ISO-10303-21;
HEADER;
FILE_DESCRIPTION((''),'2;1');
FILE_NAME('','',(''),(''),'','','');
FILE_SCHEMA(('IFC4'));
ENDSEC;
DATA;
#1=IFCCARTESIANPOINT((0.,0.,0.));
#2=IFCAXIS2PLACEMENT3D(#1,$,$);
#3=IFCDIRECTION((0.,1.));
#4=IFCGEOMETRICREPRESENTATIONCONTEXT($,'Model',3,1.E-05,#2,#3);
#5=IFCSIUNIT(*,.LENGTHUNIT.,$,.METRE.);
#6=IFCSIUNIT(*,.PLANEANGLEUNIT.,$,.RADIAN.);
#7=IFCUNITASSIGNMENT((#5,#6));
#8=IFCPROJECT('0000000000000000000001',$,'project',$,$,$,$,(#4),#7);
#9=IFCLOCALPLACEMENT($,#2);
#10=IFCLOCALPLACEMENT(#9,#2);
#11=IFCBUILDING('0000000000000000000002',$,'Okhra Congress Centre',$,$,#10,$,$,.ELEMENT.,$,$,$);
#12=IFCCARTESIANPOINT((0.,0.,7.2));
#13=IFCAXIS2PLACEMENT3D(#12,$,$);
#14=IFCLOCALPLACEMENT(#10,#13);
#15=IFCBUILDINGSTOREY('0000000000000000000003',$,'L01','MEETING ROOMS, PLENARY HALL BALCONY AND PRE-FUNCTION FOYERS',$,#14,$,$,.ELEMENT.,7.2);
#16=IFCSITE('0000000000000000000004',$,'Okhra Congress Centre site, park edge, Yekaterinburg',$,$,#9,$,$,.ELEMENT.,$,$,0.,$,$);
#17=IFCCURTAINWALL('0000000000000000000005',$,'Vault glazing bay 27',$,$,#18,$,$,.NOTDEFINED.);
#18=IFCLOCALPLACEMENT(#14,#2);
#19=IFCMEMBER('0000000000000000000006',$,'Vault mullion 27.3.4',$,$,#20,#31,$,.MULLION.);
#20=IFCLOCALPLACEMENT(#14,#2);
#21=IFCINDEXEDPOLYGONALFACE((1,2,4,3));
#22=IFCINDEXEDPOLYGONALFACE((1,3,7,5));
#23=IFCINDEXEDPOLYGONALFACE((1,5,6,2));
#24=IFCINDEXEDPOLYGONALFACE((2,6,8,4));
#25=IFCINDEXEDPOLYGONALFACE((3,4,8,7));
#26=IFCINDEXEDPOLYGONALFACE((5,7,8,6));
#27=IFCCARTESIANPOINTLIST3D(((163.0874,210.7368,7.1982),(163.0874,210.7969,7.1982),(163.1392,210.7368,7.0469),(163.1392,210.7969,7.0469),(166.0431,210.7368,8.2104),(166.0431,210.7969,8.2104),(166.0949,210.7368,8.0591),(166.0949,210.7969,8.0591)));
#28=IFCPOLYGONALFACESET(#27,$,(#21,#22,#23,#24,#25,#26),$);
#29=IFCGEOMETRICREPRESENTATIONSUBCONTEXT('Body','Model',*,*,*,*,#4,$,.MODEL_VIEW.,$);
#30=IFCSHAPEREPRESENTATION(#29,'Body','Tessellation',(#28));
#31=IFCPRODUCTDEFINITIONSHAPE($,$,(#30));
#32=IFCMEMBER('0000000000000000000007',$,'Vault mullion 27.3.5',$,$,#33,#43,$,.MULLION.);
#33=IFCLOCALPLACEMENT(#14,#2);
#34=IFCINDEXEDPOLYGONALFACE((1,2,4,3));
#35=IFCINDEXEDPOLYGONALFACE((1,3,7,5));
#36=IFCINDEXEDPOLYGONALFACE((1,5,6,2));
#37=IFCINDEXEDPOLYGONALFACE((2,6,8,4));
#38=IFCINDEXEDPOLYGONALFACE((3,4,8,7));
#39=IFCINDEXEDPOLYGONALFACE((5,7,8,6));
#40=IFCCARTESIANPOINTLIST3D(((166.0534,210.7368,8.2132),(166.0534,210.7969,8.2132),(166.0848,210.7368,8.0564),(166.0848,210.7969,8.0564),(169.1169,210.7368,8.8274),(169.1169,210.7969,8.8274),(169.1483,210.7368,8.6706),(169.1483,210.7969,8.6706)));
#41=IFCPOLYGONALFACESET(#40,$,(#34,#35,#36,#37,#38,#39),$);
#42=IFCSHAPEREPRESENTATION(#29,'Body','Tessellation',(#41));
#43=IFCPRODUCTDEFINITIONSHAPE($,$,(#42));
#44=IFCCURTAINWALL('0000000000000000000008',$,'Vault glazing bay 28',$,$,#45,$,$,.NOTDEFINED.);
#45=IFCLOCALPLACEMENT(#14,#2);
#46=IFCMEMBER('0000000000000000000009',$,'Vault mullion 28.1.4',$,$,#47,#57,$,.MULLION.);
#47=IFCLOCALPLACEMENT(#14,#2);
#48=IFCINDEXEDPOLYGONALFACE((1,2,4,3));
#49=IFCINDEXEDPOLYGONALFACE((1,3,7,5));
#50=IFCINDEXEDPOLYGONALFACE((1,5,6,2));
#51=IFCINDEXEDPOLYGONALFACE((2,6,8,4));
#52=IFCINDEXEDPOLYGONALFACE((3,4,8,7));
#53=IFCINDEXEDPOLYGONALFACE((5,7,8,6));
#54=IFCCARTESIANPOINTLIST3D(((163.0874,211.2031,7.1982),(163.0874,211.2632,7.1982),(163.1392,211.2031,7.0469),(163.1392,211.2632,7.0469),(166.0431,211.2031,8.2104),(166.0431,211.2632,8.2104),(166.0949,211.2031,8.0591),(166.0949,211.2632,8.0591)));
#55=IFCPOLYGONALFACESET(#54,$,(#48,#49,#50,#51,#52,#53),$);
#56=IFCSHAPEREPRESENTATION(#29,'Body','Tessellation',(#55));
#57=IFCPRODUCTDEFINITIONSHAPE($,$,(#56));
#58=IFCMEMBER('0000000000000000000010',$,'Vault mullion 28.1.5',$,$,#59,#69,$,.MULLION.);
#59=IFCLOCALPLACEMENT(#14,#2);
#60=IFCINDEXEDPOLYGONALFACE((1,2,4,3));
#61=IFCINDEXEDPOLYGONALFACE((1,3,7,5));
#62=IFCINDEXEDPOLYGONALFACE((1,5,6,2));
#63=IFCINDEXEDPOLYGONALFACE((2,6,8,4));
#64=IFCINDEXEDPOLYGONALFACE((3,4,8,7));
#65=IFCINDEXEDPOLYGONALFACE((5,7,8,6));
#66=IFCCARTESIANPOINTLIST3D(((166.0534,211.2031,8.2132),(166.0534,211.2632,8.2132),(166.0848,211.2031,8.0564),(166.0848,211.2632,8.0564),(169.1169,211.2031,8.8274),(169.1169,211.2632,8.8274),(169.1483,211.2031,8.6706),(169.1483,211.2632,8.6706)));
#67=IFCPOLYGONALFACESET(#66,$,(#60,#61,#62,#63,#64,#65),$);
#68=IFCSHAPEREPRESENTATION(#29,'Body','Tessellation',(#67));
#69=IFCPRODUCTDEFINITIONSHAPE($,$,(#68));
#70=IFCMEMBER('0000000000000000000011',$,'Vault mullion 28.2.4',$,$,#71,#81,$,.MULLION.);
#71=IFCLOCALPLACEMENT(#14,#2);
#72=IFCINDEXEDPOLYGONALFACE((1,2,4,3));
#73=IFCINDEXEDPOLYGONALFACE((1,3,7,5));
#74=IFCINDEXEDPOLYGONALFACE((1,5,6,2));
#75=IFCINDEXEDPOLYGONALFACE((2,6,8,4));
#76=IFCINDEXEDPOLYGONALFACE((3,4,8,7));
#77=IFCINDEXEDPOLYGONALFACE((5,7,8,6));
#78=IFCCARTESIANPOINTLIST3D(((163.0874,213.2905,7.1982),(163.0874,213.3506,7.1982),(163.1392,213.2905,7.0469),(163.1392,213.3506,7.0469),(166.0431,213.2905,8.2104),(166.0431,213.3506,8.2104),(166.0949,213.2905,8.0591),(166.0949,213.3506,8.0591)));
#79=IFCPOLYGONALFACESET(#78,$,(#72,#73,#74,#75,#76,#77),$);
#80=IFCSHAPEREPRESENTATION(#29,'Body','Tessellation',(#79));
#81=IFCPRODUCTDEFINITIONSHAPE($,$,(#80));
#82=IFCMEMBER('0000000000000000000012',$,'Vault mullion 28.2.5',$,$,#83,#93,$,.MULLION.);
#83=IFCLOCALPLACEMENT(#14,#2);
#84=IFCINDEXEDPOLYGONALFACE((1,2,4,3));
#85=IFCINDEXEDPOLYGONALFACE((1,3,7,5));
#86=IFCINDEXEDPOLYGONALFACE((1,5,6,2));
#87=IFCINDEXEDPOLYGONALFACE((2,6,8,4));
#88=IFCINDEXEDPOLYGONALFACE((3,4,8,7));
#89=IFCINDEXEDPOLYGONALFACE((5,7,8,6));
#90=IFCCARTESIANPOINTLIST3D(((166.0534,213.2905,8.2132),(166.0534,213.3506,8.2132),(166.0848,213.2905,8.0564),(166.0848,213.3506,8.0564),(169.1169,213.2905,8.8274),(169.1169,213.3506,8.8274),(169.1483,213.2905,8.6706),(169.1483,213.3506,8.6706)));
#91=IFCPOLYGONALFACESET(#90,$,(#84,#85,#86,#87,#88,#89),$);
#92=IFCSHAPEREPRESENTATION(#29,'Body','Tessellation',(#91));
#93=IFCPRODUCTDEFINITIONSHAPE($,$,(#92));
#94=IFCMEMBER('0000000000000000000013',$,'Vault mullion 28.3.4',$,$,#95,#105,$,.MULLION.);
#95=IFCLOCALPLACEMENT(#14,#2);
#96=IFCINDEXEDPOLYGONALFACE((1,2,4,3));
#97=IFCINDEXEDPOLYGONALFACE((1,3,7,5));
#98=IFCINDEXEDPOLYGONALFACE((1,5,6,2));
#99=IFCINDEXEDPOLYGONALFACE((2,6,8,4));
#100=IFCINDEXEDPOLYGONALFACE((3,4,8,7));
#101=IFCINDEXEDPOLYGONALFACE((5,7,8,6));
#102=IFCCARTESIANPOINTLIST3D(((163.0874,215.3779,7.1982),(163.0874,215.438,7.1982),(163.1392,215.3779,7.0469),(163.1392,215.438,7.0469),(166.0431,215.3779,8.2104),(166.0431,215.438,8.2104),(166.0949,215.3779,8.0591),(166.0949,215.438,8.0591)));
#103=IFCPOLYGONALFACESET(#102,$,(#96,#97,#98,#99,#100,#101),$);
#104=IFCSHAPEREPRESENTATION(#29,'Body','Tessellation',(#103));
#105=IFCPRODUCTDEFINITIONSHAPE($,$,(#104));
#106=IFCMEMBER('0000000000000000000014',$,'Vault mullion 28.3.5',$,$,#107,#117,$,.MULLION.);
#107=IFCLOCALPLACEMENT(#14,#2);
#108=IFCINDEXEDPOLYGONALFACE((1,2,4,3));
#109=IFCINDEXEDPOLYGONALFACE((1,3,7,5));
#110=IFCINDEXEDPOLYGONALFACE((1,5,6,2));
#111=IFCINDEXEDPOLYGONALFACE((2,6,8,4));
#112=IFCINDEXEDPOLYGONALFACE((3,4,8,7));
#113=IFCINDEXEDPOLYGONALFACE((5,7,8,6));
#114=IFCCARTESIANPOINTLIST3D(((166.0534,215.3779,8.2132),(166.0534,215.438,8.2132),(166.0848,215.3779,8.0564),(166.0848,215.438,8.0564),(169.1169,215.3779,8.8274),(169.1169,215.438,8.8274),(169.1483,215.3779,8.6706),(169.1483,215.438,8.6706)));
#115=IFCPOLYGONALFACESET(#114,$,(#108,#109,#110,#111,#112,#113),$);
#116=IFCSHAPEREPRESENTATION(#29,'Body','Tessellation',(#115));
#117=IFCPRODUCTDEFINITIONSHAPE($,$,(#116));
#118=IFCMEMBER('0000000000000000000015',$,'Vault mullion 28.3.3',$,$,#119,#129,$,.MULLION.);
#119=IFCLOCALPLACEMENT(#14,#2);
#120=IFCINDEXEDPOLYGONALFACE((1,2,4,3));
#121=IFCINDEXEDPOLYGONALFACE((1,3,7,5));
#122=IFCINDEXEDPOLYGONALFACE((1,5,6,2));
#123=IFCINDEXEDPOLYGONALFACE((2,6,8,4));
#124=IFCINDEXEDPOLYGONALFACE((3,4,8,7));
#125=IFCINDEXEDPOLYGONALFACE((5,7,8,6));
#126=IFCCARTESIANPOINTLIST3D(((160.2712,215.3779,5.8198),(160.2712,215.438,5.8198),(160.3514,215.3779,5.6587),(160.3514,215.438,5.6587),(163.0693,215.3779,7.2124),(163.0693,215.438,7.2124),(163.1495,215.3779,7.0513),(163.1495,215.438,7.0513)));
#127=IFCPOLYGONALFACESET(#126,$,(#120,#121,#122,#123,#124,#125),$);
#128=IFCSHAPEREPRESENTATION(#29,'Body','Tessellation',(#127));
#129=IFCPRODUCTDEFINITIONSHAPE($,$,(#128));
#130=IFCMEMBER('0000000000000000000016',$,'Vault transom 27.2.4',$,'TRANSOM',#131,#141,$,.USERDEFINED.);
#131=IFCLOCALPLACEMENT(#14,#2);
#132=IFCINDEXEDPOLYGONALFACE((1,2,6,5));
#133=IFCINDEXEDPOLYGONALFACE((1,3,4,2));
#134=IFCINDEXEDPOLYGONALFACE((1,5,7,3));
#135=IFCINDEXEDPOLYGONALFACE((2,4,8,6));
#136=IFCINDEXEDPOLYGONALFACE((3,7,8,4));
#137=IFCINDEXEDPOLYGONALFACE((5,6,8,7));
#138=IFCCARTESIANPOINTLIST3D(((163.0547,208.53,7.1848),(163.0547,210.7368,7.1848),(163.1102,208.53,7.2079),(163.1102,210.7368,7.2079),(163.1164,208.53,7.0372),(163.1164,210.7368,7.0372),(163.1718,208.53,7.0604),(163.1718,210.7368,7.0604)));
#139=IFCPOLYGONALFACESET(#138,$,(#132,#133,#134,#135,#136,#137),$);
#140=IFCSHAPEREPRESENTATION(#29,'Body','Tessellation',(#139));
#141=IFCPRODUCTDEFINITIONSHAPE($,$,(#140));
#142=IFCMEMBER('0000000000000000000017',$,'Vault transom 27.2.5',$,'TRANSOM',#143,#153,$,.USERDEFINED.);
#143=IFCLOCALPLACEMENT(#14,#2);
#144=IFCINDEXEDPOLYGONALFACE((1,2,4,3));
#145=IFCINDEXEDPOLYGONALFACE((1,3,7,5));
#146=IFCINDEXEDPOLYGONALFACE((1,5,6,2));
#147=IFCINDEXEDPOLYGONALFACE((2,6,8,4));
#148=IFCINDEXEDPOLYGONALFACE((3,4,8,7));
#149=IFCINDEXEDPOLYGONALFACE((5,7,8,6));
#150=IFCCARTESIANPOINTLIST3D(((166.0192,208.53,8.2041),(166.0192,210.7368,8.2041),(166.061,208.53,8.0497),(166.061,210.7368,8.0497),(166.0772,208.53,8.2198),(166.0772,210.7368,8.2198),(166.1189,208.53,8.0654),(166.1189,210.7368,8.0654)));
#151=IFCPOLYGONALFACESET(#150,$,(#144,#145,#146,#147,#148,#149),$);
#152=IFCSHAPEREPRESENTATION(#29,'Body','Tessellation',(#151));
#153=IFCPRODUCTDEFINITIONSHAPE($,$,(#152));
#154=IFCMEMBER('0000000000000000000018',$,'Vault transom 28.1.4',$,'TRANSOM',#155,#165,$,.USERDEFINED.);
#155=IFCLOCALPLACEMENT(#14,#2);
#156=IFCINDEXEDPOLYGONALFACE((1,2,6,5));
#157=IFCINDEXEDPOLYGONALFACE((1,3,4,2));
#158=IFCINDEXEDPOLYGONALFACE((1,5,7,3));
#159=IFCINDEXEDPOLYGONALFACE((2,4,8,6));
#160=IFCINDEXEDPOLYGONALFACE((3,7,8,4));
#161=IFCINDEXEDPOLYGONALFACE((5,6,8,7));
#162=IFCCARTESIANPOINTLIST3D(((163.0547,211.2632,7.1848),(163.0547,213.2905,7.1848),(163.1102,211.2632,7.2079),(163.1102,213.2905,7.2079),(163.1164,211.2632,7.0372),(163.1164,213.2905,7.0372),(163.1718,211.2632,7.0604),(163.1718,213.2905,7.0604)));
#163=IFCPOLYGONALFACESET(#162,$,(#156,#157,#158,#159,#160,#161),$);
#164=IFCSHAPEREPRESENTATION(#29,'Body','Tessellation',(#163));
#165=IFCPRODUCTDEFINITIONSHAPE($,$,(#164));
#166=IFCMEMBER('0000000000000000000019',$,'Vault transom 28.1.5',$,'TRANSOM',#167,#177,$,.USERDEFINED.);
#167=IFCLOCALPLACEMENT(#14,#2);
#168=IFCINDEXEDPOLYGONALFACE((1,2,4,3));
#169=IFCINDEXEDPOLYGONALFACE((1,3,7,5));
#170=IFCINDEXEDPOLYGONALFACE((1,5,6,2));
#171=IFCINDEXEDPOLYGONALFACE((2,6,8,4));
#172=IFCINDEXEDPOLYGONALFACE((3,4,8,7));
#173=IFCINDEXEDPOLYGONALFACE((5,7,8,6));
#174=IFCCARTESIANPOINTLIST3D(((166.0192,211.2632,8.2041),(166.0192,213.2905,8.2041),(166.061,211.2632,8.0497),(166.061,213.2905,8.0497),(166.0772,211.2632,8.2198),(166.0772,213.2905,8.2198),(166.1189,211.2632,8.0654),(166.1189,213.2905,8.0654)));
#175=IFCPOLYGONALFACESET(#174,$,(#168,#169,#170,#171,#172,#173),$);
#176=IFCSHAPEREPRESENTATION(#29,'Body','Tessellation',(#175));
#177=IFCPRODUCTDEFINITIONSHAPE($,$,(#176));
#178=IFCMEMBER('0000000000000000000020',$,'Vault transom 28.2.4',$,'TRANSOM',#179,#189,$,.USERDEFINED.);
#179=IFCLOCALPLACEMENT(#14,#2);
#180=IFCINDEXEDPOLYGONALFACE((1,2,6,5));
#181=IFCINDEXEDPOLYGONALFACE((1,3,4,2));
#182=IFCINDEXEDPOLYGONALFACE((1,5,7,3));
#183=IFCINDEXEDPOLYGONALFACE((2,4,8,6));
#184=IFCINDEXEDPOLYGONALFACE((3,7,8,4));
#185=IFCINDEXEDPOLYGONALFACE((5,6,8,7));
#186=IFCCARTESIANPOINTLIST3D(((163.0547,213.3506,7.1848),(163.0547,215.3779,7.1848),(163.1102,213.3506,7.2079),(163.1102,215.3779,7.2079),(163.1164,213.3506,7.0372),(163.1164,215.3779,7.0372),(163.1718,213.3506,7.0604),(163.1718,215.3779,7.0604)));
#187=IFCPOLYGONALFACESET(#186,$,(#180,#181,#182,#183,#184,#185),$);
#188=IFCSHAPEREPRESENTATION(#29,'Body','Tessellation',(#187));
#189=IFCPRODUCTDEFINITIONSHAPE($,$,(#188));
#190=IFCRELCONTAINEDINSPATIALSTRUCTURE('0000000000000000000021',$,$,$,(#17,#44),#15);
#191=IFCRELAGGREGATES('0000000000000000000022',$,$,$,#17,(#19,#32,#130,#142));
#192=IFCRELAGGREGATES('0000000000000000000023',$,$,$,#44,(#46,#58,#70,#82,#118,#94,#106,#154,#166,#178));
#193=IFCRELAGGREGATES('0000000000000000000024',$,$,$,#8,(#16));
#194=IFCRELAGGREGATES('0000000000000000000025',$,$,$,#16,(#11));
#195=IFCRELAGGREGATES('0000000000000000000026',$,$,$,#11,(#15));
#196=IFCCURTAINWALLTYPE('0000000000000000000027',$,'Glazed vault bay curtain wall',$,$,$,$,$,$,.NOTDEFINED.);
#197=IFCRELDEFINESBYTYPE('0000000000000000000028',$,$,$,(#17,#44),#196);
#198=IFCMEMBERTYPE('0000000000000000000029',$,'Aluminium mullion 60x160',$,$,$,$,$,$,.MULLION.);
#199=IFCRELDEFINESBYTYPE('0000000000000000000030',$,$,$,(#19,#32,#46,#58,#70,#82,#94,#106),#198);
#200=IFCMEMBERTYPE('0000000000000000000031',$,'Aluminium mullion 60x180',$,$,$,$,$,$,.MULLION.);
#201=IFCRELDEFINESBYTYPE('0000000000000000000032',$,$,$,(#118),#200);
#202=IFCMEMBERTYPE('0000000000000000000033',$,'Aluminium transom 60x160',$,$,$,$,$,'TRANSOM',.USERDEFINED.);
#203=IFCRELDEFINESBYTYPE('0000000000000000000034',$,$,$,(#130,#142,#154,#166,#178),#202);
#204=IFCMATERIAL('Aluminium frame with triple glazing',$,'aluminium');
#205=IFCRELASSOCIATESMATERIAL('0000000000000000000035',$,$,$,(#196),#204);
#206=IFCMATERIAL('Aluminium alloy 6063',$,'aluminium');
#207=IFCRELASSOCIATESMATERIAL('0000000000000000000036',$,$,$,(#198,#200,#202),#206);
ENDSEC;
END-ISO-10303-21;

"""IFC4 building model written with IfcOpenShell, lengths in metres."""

from ifc_helpers import new_model, si_unit, direction, frame, origin, origin_2d, place, context, subcontext, project, spatial, rectangle, extrude, material, material_profile, profile_set, type_object, element, aggregate, save


model = new_model("IFC4")

# Units and contexts
model_context = context("Model", 3, precision=1e-05, world=origin(), true_north=direction((0.0, 1.0)))
body_context = subcontext(model_context, "Body", "Model", "MODEL_VIEW")
ifc_project = project(units=[si_unit("LENGTHUNIT", "METRE"), si_unit("PLANEANGLEUNIT", "RADIAN")], contexts=[model_context])

# Site, building, storey
site_placement = place(None, origin())
site = spatial("IfcSite", under=ifc_project, at=site_placement, Name="Okhra Congress Centre site, park edge, Yekaterinburg", CompositionType="ELEMENT", RefElevation=0.0)
building_placement = place(site_placement, origin())
building = spatial("IfcBuilding", under=site, at=building_placement, Name="Okhra Congress Centre", CompositionType="ELEMENT")
storey_placement = place(building_placement, frame((0.0, 0.0, 7.2)))
storey = spatial("IfcBuildingStorey", under=building, at=storey_placement, Name="L01", Description="MEETING ROOMS, PLENARY HALL BALCONY AND PRE-FUNCTION FOYERS", CompositionType="ELEMENT", Elevation=7.2)

# Curtain walls, members
ifc_material_1 = material(Name="Aluminium frame with triple glazing", Category="aluminium")
curtain_wall_type = type_object("IfcCurtainWallType", Name="Glazed vault bay curtain wall", PredefinedType="NOTDEFINED", material=ifc_material_1)
curtain_wall_1_placement = place(storey_placement, origin())
curtain_wall_1 = element("IfcCurtainWall", 1, at=curtain_wall_1_placement, inside=storey, type_object=curtain_wall_type, Name="Vault glazing bay 27", PredefinedType="NOTDEFINED")
ifc_material_2 = material(Name="Aluminium alloy 6063", Category="aluminium")
ifc_material_profile_1 = material_profile(ifc_material_2, rectangle(XDim=0.0601, YDim=0.1599, at=origin_2d()), Name="AL 60x160")
ifc_profile_set_1 = profile_set([ifc_material_profile_1], Name="Aluminium alloy 6063")
member_type_1 = type_object("IfcMemberType", Name="Aluminium mullion 60x160", PredefinedType="MULLION", material=ifc_profile_set_1)
member_1_placement = place(storey_placement, frame((163.1133, 210.7668, 7.1226), z_axis=(0.946065, 0.0, 0.323977), x_axis=(0.0, 1.0, 0.0)))
member_1 = element("IfcMember", 2, at=member_1_placement, type_object=member_type_1, Name="Vault mullion 27.3.4", PredefinedType="MULLION", context=body_context, shape_type="SweptSolid", body=[
    extrude(rectangle(XDim=0.0601, YDim=0.1599, at=origin_2d()), origin(), (0.0, 0.0, 1.0), 3.1243),
])
member_2_placement = place(storey_placement, frame((166.0691, 210.7668, 8.1348), z_axis=(0.980484, 0.0, 0.196597), x_axis=(0.0, 1.0, 0.0)))
member_2 = element("IfcMember", 3, at=member_2_placement, type_object=member_type_1, Name="Vault mullion 27.3.5", PredefinedType="MULLION", context=body_context, shape_type="SweptSolid", body=[
    extrude(rectangle(XDim=0.0601, YDim=0.1599, at=origin_2d()), origin(), (0.0, 0.0, 1.0), 3.1245),
])
curtain_wall_2_placement = place(storey_placement, origin())
curtain_wall_2 = element("IfcCurtainWall", 4, at=curtain_wall_2_placement, inside=storey, type_object=curtain_wall_type, Name="Vault glazing bay 28", PredefinedType="NOTDEFINED")
member_3_placement = place(storey_placement, frame((163.1133, 211.2332, 7.1226), z_axis=(0.946065, 0.0, 0.323977), x_axis=(0.0, 1.0, 0.0)))
member_3 = element("IfcMember", 5, at=member_3_placement, type_object=member_type_1, Name="Vault mullion 28.1.4", PredefinedType="MULLION", context=body_context, shape_type="SweptSolid", body=[
    extrude(rectangle(XDim=0.0601, YDim=0.1599, at=origin_2d()), origin(), (0.0, 0.0, 1.0), 3.1243),
])
member_4_placement = place(storey_placement, frame((166.0691, 211.2332, 8.1348), z_axis=(0.980484, 0.0, 0.196597), x_axis=(0.0, 1.0, 0.0)))
member_4 = element("IfcMember", 6, at=member_4_placement, type_object=member_type_1, Name="Vault mullion 28.1.5", PredefinedType="MULLION", context=body_context, shape_type="SweptSolid", body=[
    extrude(rectangle(XDim=0.0601, YDim=0.1599, at=origin_2d()), origin(), (0.0, 0.0, 1.0), 3.1245),
])
member_5_placement = place(storey_placement, frame((163.1133, 213.3206, 7.1226), z_axis=(0.946065, 0.0, 0.323977), x_axis=(0.0, 1.0, 0.0)))
member_5 = element("IfcMember", 7, at=member_5_placement, type_object=member_type_1, Name="Vault mullion 28.2.4", PredefinedType="MULLION", context=body_context, shape_type="SweptSolid", body=[
    extrude(rectangle(XDim=0.0601, YDim=0.1599, at=origin_2d()), origin(), (0.0, 0.0, 1.0), 3.1243),
])
member_6_placement = place(storey_placement, frame((166.0691, 213.3206, 8.1348), z_axis=(0.980484, 0.0, 0.196597), x_axis=(0.0, 1.0, 0.0)))
member_6 = element("IfcMember", 8, at=member_6_placement, type_object=member_type_1, Name="Vault mullion 28.2.5", PredefinedType="MULLION", context=body_context, shape_type="SweptSolid", body=[
    extrude(rectangle(XDim=0.0601, YDim=0.1599, at=origin_2d()), origin(), (0.0, 0.0, 1.0), 3.1245),
])
member_7_placement = place(storey_placement, frame((163.1133, 215.408, 7.1226), z_axis=(0.946065, 0.0, 0.323977), x_axis=(0.0, 1.0, 0.0)))
member_7 = element("IfcMember", 9, at=member_7_placement, type_object=member_type_1, Name="Vault mullion 28.3.4", PredefinedType="MULLION", context=body_context, shape_type="SweptSolid", body=[
    extrude(rectangle(XDim=0.0601, YDim=0.1599, at=origin_2d()), origin(), (0.0, 0.0, 1.0), 3.1243),
])
member_8_placement = place(storey_placement, frame((166.0691, 215.408, 8.1348), z_axis=(0.980484, 0.0, 0.196597), x_axis=(0.0, 1.0, 0.0)))
member_8 = element("IfcMember", 10, at=member_8_placement, type_object=member_type_1, Name="Vault mullion 28.3.5", PredefinedType="MULLION", context=body_context, shape_type="SweptSolid", body=[
    extrude(rectangle(XDim=0.0601, YDim=0.1599, at=origin_2d()), origin(), (0.0, 0.0, 1.0), 3.1245),
])
ifc_material_profile_2 = material_profile(ifc_material_2, rectangle(XDim=0.0601, YDim=0.1799, at=origin_2d()), Name="AL 60x180")
ifc_profile_set_2 = profile_set([ifc_material_profile_2], Name="Aluminium alloy 6063")
member_type_2 = type_object("IfcMemberType", Name="Aluminium mullion 60x180", PredefinedType="MULLION", material=ifc_profile_set_2)
member_9_placement = place(storey_placement, frame((160.3113, 215.408, 5.7393), z_axis=(0.895254, 0.0, 0.445557), x_axis=(0.0, 1.0, 0.0)))
member_9 = element("IfcMember", 11, at=member_9_placement, type_object=member_type_2, Name="Vault mullion 28.3.3", PredefinedType="MULLION", context=body_context, shape_type="SweptSolid", body=[
    extrude(rectangle(XDim=0.0601, YDim=0.1799, at=origin_2d()), origin(), (0.0, 0.0, 1.0), 3.1255),
])

# Members
ifc_material_profile_3 = material_profile(ifc_material_2, rectangle(XDim=0.0601, YDim=0.1599, at=origin_2d()), Name="AL 60x160 transom")
ifc_profile_set_3 = profile_set([ifc_material_profile_3], Name="Aluminium alloy 6063")
member_type_3 = type_object("IfcMemberType", Name="Aluminium transom 60x160", ElementType="TRANSOM", PredefinedType="USERDEFINED", material=ifc_profile_set_3)
member_10_placement = place(storey_placement, frame((163.1133, 208.53, 7.1226), z_axis=(0.0, 1.0, 0.0), x_axis=(-0.922669, 0.0, -0.385593)))
member_10 = element("IfcMember", 12, at=member_10_placement, type_object=member_type_3, Name="Vault transom 27.2.4", ObjectType="TRANSOM", PredefinedType="USERDEFINED", context=body_context, shape_type="SweptSolid", body=[
    extrude(rectangle(XDim=0.0601, YDim=0.1599, at=origin_2d()), origin(), (0.0, 0.0, 1.0), 2.2068),
])
member_11_placement = place(storey_placement, frame((166.0691, 208.53, 8.1348), z_axis=(0.0, 1.0, 0.0), x_axis=(-0.96538, 0.0, -0.260848)))
member_11 = element("IfcMember", 13, at=member_11_placement, type_object=member_type_3, Name="Vault transom 27.2.5", ObjectType="TRANSOM", PredefinedType="USERDEFINED", context=body_context, shape_type="SweptSolid", body=[
    extrude(rectangle(XDim=0.0601, YDim=0.1599, at=origin_2d()), origin(), (0.0, 0.0, 1.0), 2.2068),
])
member_12_placement = place(storey_placement, frame((163.1133, 211.2632, 7.1226), z_axis=(0.0, 1.0, 0.0), x_axis=(-0.922669, 0.0, -0.385593)))
member_12 = element("IfcMember", 14, at=member_12_placement, type_object=member_type_3, Name="Vault transom 28.1.4", ObjectType="TRANSOM", PredefinedType="USERDEFINED", context=body_context, shape_type="SweptSolid", body=[
    extrude(rectangle(XDim=0.0601, YDim=0.1599, at=origin_2d()), origin(), (0.0, 0.0, 1.0), 2.0273),
])
member_13_placement = place(storey_placement, frame((166.0691, 211.2632, 8.1348), z_axis=(0.0, 1.0, 0.0), x_axis=(-0.96538, 0.0, -0.260848)))
member_13 = element("IfcMember", 15, at=member_13_placement, type_object=member_type_3, Name="Vault transom 28.1.5", ObjectType="TRANSOM", PredefinedType="USERDEFINED", context=body_context, shape_type="SweptSolid", body=[
    extrude(rectangle(XDim=0.0601, YDim=0.1599, at=origin_2d()), origin(), (0.0, 0.0, 1.0), 2.0273),
])
member_14_placement = place(storey_placement, frame((163.1133, 213.3506, 7.1226), z_axis=(0.0, 1.0, 0.0), x_axis=(-0.922669, 0.0, -0.385593)))
member_14 = element("IfcMember", 16, at=member_14_placement, type_object=member_type_3, Name="Vault transom 28.2.4", ObjectType="TRANSOM", PredefinedType="USERDEFINED", context=body_context, shape_type="SweptSolid", body=[
    extrude(rectangle(XDim=0.0601, YDim=0.1599, at=origin_2d()), origin(), (0.0, 0.0, 1.0), 2.0273),
])

aggregate(curtain_wall_1, [member_1, member_2, member_10, member_11])
aggregate(curtain_wall_2, [member_3, member_4, member_5, member_6, member_9, member_7, member_8, member_12, member_13, member_14])

save(model, "model.ifc")
